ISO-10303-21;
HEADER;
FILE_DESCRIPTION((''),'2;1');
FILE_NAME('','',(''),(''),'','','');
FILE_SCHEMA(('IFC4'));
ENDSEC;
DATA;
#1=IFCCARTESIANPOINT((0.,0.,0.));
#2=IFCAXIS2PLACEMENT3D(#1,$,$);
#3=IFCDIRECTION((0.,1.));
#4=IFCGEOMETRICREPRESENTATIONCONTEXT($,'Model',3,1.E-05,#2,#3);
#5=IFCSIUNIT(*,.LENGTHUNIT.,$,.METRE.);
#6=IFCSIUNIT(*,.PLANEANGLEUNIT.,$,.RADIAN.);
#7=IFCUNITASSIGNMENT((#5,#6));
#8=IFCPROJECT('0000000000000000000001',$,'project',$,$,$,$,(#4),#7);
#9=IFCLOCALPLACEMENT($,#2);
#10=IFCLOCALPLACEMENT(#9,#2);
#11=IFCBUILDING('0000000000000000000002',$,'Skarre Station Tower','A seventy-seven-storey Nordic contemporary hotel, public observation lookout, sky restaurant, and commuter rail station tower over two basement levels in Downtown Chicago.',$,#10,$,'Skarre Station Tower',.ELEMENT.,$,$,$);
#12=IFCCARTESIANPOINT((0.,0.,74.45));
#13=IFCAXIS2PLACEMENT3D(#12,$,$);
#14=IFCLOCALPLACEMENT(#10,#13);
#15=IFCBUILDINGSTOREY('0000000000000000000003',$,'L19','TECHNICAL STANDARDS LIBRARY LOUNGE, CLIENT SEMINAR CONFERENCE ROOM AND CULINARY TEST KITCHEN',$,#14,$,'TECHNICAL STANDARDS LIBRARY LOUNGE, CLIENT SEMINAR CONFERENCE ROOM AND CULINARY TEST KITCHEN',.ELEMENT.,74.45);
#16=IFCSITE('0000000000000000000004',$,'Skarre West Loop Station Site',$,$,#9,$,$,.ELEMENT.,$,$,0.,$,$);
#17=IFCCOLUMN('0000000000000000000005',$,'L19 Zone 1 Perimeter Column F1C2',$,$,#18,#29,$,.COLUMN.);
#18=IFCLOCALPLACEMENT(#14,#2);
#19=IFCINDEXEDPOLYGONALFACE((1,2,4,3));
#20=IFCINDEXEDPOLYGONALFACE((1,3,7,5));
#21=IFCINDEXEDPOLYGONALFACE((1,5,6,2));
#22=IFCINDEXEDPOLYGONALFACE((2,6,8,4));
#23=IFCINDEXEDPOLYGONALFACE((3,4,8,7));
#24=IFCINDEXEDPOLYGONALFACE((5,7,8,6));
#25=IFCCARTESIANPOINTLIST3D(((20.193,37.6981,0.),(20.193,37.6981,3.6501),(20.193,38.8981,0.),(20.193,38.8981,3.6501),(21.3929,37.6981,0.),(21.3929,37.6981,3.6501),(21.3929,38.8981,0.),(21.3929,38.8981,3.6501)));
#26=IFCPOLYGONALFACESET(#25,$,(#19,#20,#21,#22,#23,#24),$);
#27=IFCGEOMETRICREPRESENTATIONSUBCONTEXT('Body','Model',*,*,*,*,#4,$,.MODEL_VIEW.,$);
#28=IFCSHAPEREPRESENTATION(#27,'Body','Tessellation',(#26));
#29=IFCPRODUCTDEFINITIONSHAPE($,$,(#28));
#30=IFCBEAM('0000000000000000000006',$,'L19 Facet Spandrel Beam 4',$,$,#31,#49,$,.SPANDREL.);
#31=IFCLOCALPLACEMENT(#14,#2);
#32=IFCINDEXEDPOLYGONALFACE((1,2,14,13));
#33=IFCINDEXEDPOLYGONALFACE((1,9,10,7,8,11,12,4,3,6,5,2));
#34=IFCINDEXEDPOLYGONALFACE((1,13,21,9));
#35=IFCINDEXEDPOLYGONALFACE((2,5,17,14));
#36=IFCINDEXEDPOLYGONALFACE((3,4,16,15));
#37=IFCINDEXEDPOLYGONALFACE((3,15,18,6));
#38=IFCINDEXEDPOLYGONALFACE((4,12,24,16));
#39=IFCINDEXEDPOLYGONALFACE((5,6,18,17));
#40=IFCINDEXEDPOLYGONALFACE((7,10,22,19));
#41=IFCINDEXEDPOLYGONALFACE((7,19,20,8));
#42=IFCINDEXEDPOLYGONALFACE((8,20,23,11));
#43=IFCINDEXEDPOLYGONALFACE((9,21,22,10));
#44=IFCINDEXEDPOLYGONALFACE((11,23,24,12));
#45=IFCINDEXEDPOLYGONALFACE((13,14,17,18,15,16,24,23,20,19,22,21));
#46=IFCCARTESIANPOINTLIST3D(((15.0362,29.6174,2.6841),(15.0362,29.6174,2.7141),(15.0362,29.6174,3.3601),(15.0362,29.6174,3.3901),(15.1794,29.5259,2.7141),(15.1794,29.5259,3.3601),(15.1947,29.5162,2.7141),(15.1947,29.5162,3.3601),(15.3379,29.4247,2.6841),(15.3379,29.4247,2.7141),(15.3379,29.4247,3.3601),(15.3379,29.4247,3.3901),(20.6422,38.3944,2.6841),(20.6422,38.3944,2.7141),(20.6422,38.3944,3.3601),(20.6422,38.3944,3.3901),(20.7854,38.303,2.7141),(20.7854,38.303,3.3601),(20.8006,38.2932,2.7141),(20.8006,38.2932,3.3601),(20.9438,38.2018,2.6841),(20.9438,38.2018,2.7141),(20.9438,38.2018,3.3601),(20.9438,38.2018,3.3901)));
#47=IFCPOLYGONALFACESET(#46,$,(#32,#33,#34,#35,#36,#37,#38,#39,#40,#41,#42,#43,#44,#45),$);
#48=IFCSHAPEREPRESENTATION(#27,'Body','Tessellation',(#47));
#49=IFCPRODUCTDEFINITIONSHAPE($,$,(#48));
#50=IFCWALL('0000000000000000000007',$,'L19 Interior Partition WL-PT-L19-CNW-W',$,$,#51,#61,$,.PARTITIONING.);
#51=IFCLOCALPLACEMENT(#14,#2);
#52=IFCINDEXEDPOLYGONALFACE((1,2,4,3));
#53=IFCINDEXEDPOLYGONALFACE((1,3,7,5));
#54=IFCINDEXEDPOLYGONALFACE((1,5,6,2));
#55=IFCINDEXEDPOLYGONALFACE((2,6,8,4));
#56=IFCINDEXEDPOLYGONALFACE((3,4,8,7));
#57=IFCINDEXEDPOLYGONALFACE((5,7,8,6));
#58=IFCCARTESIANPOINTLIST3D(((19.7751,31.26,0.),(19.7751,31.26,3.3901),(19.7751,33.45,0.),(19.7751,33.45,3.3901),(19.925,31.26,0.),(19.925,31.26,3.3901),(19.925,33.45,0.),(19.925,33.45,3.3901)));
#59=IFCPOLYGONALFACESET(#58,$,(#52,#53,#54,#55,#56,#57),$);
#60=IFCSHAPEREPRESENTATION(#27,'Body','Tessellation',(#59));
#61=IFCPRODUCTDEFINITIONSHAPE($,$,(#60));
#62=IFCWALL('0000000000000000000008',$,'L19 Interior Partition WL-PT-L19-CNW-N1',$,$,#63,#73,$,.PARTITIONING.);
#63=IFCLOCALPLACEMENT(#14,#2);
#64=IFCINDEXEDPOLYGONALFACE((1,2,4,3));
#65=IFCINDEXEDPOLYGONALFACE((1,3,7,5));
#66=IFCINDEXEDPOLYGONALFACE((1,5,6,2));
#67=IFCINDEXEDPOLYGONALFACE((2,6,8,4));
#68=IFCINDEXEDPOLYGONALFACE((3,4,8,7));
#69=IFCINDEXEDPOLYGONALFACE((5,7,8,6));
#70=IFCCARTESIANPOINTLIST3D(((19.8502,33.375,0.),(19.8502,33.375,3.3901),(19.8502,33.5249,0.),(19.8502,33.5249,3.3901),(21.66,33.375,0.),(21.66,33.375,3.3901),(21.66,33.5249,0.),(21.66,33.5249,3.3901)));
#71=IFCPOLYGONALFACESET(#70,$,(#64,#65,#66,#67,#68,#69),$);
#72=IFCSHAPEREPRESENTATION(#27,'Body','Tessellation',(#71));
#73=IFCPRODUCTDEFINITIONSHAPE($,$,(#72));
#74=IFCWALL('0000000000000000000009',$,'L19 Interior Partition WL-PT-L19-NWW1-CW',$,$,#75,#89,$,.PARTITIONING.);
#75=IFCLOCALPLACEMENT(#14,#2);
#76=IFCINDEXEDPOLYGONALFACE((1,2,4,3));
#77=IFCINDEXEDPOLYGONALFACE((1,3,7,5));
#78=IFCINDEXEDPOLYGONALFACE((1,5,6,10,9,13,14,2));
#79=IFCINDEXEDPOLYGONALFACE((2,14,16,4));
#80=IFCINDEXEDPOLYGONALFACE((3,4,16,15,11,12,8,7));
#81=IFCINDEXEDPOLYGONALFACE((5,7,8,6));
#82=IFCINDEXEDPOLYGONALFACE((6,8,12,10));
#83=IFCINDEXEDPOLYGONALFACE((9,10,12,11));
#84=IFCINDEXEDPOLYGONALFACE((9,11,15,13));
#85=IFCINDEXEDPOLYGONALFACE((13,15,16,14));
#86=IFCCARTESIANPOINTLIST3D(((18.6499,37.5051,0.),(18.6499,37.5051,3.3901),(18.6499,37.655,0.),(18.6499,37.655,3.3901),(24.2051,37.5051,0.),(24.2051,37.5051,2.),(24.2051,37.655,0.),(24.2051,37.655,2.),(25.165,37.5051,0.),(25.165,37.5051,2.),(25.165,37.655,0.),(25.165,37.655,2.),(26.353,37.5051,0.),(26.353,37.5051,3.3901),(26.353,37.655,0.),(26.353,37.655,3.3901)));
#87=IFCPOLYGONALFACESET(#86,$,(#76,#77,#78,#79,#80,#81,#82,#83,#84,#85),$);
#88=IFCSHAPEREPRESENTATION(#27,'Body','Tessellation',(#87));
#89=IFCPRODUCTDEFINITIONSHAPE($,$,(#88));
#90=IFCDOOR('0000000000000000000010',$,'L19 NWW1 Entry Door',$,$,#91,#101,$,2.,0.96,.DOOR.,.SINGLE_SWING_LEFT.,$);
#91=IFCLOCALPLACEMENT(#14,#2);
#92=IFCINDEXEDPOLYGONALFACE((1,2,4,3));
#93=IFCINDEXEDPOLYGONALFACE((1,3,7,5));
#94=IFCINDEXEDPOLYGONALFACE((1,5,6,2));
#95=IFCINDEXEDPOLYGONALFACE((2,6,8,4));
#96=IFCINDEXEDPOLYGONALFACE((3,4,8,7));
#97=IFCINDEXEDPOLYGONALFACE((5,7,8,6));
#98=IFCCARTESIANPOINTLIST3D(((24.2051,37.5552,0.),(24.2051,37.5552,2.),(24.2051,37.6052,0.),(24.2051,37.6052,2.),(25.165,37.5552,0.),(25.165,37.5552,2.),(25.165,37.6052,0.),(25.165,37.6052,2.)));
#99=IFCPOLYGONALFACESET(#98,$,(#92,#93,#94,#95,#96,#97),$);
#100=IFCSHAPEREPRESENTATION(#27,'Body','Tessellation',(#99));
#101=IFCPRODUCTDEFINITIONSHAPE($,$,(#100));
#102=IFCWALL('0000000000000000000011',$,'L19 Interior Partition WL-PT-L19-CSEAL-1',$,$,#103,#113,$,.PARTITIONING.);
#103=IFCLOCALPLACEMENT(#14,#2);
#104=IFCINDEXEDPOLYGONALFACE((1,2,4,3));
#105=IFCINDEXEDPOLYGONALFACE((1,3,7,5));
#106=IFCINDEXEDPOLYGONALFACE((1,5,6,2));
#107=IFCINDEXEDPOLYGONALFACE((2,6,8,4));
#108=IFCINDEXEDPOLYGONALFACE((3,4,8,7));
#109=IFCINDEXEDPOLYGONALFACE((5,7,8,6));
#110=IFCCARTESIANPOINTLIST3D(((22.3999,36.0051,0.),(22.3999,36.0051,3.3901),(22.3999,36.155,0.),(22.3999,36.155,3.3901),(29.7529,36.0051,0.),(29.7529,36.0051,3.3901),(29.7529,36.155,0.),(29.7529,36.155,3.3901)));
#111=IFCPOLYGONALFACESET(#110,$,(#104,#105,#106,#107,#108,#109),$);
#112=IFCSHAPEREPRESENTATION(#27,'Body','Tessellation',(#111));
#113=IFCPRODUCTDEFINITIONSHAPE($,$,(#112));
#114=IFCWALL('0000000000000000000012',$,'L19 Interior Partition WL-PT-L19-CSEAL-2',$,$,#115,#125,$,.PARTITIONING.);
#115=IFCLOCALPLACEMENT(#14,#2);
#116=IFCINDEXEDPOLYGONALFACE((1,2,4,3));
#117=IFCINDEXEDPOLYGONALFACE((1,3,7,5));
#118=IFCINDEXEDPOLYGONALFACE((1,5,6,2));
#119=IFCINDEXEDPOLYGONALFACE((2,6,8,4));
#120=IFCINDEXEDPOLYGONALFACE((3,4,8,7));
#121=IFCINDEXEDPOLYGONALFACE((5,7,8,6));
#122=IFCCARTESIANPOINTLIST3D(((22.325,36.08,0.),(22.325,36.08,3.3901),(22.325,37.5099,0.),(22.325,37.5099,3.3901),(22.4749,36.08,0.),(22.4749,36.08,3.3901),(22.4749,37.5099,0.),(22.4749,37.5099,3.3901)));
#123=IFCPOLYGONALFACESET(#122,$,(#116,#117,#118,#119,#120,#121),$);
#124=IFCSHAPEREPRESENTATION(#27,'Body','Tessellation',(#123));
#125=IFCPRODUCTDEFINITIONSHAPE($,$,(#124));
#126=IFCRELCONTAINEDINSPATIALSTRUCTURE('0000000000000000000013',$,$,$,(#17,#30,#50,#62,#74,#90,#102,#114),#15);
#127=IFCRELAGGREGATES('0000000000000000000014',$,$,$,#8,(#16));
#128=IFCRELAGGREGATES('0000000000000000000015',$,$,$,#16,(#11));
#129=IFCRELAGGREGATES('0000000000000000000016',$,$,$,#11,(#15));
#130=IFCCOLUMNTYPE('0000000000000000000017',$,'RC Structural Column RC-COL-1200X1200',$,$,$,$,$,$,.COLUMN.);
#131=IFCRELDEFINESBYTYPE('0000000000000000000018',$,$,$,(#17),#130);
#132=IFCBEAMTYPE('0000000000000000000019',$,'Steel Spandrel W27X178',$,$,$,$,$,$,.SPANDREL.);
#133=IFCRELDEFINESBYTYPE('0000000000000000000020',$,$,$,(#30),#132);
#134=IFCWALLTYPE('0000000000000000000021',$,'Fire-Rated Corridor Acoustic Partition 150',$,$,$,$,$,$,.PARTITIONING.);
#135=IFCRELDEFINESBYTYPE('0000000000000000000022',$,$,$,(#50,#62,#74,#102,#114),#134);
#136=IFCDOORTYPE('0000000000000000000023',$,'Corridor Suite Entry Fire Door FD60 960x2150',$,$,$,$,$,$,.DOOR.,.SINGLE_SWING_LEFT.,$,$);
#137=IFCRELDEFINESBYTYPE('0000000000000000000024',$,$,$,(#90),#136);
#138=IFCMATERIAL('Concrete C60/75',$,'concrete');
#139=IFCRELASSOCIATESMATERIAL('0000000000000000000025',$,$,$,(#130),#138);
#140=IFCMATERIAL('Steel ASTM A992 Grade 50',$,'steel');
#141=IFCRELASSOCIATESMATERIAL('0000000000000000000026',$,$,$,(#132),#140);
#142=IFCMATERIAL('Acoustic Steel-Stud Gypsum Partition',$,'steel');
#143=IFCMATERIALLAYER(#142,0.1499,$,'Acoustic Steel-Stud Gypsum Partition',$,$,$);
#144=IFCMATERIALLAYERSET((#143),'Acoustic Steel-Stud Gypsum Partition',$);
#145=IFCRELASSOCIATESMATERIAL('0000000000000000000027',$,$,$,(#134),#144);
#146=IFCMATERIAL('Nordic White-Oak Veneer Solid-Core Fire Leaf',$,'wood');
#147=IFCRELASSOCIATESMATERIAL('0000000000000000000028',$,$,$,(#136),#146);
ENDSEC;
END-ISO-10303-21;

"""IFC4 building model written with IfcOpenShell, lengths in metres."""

from ifc_helpers import new_model, si_unit, direction, frame, frame_2d, origin, origin_2d, place, context, subcontext, project, spatial, rectangle, i_section, extrude, material, layer, layer_set, material_profile, profile_set, type_object, element, fill, save


model = new_model("IFC4")

# Units and contexts
model_context = context("Model", 3, precision=1e-05, world=origin(), true_north=direction((0.0, 1.0)))
body_context = subcontext(model_context, "Body", "Model", "MODEL_VIEW")
ifc_project = project(units=[si_unit("LENGTHUNIT", "METRE"), si_unit("PLANEANGLEUNIT", "RADIAN")], contexts=[model_context])

# Site, building, storey
site_placement = place(None, origin())
site = spatial("IfcSite", under=ifc_project, at=site_placement, Name="Skarre West Loop Station Site", CompositionType="ELEMENT", RefElevation=0.0)
building_placement = place(site_placement, origin())
building = spatial("IfcBuilding", under=site, at=building_placement, Name="Skarre Station Tower", Description="A seventy-seven-storey Nordic contemporary hotel, public observation lookout, sky restaurant, and commuter rail station tower over two basement levels in Downtown Chicago.", LongName="Skarre Station Tower", CompositionType="ELEMENT")
storey_placement = place(building_placement, frame((0.0, 0.0, 74.45)))
storey = spatial("IfcBuildingStorey", under=building, at=storey_placement, Name="L19", Description="TECHNICAL STANDARDS LIBRARY LOUNGE, CLIENT SEMINAR CONFERENCE ROOM AND CULINARY TEST KITCHEN", LongName="TECHNICAL STANDARDS LIBRARY LOUNGE, CLIENT SEMINAR CONFERENCE ROOM AND CULINARY TEST KITCHEN", CompositionType="ELEMENT", Elevation=74.45)

# Column
ifc_material_1 = material(Name="Concrete C60/75", Category="concrete")
ifc_material_profile_1 = material_profile(ifc_material_1, rectangle(XDim=1.2, YDim=1.2, at=origin_2d()), Name="Concrete C60/75")
ifc_profile_set_1 = profile_set([ifc_material_profile_1], Name="Concrete C60/75")
column_type = type_object("IfcColumnType", Name="RC Structural Column RC-COL-1200X1200", PredefinedType="COLUMN", material=ifc_profile_set_1)
column_placement = place(storey_placement, frame((20.793, 38.2981, 0.0), z_axis=(0.0, 0.0, 1.0), x_axis=(1.0, 0.0, 0.0)))
element("IfcColumn", 1, at=column_placement, inside=storey, type_object=column_type, Name="L19 Zone 1 Perimeter Column F1C2", PredefinedType="COLUMN", context=body_context, shape_type="SweptSolid", body=[
    extrude(rectangle(XDim=1.2, YDim=1.2, at=origin_2d()), origin(), (0.0, 0.0, 1.0), 3.6501),
])

# Beam
ifc_material_2 = material(Name="Steel ASTM A992 Grade 50", Category="steel")
ifc_material_profile_2 = material_profile(ifc_material_2, i_section(OverallWidth=0.3579, OverallDepth=0.7061, WebThickness=0.0181, FlangeThickness=0.03, at=origin_2d()), Name="Steel ASTM A992 Grade 50")
ifc_profile_set_2 = profile_set([ifc_material_profile_2], Name="Steel ASTM A992 Grade 50")
beam_type = type_object("IfcBeamType", Name="Steel Spandrel W27X178", PredefinedType="SPANDREL", material=ifc_profile_set_2)
beam_placement = place(storey_placement, frame((20.793, 38.2981, 3.0371), z_axis=(-0.538278, -0.842767, 0.0), x_axis=(0.842767, -0.538278, 0.0)))
element("IfcBeam", 2, at=beam_placement, inside=storey, type_object=beam_type, Name="L19 Facet Spandrel Beam 4", PredefinedType="SPANDREL", context=body_context, shape_type="SweptSolid", body=[
    extrude(i_section(OverallWidth=0.3579, OverallDepth=0.7061, WebThickness=0.0181, FlangeThickness=0.03, at=origin_2d()), origin(), (0.0, 0.0, 1.0), 10.4146),
])

# Walls
ifc_material_3 = material(Name="Acoustic Steel-Stud Gypsum Partition", Category="steel")
ifc_layer_1 = layer(ifc_material_3, 0.1499, Name="Acoustic Steel-Stud Gypsum Partition")
ifc_layer_set_1 = layer_set([ifc_layer_1], Name="Acoustic Steel-Stud Gypsum Partition")
wall_type_1 = type_object("IfcWallType", Name="Fire-Rated Corridor Acoustic Partition 150", PredefinedType="PARTITIONING", material=ifc_layer_set_1)
wall_1_placement = place(storey_placement, frame((19.8501, 33.45, 0.0), z_axis=(0.0, 0.0, 1.0), x_axis=(0.0, -1.0, 0.0)))
element("IfcWall", 3, at=wall_1_placement, inside=storey, type_object=wall_type_1, Name="L19 Interior Partition WL-PT-L19-CNW-W", PredefinedType="PARTITIONING", context=body_context, shape_type="SweptSolid", body=[
    extrude(rectangle(XDim=2.1899, YDim=0.1499, at=frame_2d((1.095, 0.0))), origin(), (0.0, 0.0, 1.0), 3.3901),
])
wall_2_placement = place(storey_placement, frame((21.6599, 33.45, 0.0), z_axis=(0.0, 0.0, 1.0), x_axis=(-1.0, 0.0, 0.0)))
element("IfcWall", 4, at=wall_2_placement, inside=storey, type_object=wall_type_1, Name="L19 Interior Partition WL-PT-L19-CNW-N1", PredefinedType="PARTITIONING", context=body_context, shape_type="SweptSolid", body=[
    extrude(rectangle(XDim=1.8098, YDim=0.1499, at=frame_2d((0.9048, 0.0))), origin(), (0.0, 0.0, 1.0), 3.3901),
])

# Wall, opening, door
wall_3_placement = place(storey_placement, frame((26.353, 37.5801, 0.0), z_axis=(0.0, 0.0, 1.0), x_axis=(-1.0, 0.0, 0.0)))
wall_3 = element("IfcWall", 5, at=wall_3_placement, inside=storey, type_object=wall_type_1, Name="L19 Interior Partition WL-PT-L19-NWW1-CW", PredefinedType="PARTITIONING", context=body_context, shape_type="SweptSolid", body=[
    extrude(rectangle(XDim=7.7031, YDim=0.1499, at=frame_2d((3.8516, 0.0))), origin(), (0.0, 0.0, 1.0), 3.3901),
])
opening_1_placement = place(wall_3_placement, frame((1.188, 0.0, 0.0)))
opening_1 = element("IfcOpeningElement", 6, at=opening_1_placement, cuts=wall_3, PredefinedType="OPENING", context=body_context, shape_type="SweptSolid", body=[
    extrude(rectangle(XDim=0.96, YDim=2.0, at=frame_2d((0.48, 1.0))), frame((0.0, 0.085, 0.0), z_axis=(0.0, -1.0, 0.0), x_axis=(1.0, 0.0, 0.0)), (0.0, 0.0, 1.0), 0.1699),
])
ifc_material_4 = material(Name="Nordic White-Oak Veneer Solid-Core Fire Leaf", Category="wood")
door_type = type_object("IfcDoorType", Name="Corridor Suite Entry Fire Door FD60 960x2150", OperationType="SINGLE_SWING_LEFT", PredefinedType="DOOR", material=ifc_material_4)
door_placement = place(opening_1_placement, origin())
door = element("IfcDoor", 7, at=door_placement, inside=storey, type_object=door_type, Name="L19 NWW1 Entry Door", OperationType="SINGLE_SWING_LEFT", OverallHeight=2.0, OverallWidth=0.96, PredefinedType="DOOR", context=body_context, shape_type="SweptSolid", body=[
    extrude(rectangle(XDim=0.96, YDim=2.0, at=frame_2d((0.48, 1.0))), frame((0.0, 0.0249, 0.0), z_axis=(0.0, -1.0, 0.0), x_axis=(1.0, 0.0, 0.0)), (0.0, 0.0, 1.0), 0.05),
])
fill(opening_1, door)

# Walls
wall_4_placement = place(storey_placement, frame((29.7529, 36.0801, 0.0), z_axis=(0.0, 0.0, 1.0), x_axis=(-1.0, 0.0, 0.0)))
element("IfcWall", 8, at=wall_4_placement, inside=storey, type_object=wall_type_1, Name="L19 Interior Partition WL-PT-L19-CSEAL-1", PredefinedType="PARTITIONING", context=body_context, shape_type="SweptSolid", body=[
    extrude(rectangle(XDim=7.353, YDim=0.1499, at=frame_2d((3.6765, 0.0))), origin(), (0.0, 0.0, 1.0), 3.3901),
])
wall_5_placement = place(storey_placement, frame((22.3999, 36.0801, 0.0), z_axis=(0.0, 0.0, 1.0), x_axis=(0.0, 1.0, 0.0)))
element("IfcWall", 9, at=wall_5_placement, inside=storey, type_object=wall_type_1, Name="L19 Interior Partition WL-PT-L19-CSEAL-2", PredefinedType="PARTITIONING", context=body_context, shape_type="SweptSolid", body=[
    extrude(rectangle(XDim=1.4299, YDim=0.1499, at=frame_2d((0.7148, 0.0))), origin(), (0.0, 0.0, 1.0), 3.3901),
])

save(model, "model.ifc")
